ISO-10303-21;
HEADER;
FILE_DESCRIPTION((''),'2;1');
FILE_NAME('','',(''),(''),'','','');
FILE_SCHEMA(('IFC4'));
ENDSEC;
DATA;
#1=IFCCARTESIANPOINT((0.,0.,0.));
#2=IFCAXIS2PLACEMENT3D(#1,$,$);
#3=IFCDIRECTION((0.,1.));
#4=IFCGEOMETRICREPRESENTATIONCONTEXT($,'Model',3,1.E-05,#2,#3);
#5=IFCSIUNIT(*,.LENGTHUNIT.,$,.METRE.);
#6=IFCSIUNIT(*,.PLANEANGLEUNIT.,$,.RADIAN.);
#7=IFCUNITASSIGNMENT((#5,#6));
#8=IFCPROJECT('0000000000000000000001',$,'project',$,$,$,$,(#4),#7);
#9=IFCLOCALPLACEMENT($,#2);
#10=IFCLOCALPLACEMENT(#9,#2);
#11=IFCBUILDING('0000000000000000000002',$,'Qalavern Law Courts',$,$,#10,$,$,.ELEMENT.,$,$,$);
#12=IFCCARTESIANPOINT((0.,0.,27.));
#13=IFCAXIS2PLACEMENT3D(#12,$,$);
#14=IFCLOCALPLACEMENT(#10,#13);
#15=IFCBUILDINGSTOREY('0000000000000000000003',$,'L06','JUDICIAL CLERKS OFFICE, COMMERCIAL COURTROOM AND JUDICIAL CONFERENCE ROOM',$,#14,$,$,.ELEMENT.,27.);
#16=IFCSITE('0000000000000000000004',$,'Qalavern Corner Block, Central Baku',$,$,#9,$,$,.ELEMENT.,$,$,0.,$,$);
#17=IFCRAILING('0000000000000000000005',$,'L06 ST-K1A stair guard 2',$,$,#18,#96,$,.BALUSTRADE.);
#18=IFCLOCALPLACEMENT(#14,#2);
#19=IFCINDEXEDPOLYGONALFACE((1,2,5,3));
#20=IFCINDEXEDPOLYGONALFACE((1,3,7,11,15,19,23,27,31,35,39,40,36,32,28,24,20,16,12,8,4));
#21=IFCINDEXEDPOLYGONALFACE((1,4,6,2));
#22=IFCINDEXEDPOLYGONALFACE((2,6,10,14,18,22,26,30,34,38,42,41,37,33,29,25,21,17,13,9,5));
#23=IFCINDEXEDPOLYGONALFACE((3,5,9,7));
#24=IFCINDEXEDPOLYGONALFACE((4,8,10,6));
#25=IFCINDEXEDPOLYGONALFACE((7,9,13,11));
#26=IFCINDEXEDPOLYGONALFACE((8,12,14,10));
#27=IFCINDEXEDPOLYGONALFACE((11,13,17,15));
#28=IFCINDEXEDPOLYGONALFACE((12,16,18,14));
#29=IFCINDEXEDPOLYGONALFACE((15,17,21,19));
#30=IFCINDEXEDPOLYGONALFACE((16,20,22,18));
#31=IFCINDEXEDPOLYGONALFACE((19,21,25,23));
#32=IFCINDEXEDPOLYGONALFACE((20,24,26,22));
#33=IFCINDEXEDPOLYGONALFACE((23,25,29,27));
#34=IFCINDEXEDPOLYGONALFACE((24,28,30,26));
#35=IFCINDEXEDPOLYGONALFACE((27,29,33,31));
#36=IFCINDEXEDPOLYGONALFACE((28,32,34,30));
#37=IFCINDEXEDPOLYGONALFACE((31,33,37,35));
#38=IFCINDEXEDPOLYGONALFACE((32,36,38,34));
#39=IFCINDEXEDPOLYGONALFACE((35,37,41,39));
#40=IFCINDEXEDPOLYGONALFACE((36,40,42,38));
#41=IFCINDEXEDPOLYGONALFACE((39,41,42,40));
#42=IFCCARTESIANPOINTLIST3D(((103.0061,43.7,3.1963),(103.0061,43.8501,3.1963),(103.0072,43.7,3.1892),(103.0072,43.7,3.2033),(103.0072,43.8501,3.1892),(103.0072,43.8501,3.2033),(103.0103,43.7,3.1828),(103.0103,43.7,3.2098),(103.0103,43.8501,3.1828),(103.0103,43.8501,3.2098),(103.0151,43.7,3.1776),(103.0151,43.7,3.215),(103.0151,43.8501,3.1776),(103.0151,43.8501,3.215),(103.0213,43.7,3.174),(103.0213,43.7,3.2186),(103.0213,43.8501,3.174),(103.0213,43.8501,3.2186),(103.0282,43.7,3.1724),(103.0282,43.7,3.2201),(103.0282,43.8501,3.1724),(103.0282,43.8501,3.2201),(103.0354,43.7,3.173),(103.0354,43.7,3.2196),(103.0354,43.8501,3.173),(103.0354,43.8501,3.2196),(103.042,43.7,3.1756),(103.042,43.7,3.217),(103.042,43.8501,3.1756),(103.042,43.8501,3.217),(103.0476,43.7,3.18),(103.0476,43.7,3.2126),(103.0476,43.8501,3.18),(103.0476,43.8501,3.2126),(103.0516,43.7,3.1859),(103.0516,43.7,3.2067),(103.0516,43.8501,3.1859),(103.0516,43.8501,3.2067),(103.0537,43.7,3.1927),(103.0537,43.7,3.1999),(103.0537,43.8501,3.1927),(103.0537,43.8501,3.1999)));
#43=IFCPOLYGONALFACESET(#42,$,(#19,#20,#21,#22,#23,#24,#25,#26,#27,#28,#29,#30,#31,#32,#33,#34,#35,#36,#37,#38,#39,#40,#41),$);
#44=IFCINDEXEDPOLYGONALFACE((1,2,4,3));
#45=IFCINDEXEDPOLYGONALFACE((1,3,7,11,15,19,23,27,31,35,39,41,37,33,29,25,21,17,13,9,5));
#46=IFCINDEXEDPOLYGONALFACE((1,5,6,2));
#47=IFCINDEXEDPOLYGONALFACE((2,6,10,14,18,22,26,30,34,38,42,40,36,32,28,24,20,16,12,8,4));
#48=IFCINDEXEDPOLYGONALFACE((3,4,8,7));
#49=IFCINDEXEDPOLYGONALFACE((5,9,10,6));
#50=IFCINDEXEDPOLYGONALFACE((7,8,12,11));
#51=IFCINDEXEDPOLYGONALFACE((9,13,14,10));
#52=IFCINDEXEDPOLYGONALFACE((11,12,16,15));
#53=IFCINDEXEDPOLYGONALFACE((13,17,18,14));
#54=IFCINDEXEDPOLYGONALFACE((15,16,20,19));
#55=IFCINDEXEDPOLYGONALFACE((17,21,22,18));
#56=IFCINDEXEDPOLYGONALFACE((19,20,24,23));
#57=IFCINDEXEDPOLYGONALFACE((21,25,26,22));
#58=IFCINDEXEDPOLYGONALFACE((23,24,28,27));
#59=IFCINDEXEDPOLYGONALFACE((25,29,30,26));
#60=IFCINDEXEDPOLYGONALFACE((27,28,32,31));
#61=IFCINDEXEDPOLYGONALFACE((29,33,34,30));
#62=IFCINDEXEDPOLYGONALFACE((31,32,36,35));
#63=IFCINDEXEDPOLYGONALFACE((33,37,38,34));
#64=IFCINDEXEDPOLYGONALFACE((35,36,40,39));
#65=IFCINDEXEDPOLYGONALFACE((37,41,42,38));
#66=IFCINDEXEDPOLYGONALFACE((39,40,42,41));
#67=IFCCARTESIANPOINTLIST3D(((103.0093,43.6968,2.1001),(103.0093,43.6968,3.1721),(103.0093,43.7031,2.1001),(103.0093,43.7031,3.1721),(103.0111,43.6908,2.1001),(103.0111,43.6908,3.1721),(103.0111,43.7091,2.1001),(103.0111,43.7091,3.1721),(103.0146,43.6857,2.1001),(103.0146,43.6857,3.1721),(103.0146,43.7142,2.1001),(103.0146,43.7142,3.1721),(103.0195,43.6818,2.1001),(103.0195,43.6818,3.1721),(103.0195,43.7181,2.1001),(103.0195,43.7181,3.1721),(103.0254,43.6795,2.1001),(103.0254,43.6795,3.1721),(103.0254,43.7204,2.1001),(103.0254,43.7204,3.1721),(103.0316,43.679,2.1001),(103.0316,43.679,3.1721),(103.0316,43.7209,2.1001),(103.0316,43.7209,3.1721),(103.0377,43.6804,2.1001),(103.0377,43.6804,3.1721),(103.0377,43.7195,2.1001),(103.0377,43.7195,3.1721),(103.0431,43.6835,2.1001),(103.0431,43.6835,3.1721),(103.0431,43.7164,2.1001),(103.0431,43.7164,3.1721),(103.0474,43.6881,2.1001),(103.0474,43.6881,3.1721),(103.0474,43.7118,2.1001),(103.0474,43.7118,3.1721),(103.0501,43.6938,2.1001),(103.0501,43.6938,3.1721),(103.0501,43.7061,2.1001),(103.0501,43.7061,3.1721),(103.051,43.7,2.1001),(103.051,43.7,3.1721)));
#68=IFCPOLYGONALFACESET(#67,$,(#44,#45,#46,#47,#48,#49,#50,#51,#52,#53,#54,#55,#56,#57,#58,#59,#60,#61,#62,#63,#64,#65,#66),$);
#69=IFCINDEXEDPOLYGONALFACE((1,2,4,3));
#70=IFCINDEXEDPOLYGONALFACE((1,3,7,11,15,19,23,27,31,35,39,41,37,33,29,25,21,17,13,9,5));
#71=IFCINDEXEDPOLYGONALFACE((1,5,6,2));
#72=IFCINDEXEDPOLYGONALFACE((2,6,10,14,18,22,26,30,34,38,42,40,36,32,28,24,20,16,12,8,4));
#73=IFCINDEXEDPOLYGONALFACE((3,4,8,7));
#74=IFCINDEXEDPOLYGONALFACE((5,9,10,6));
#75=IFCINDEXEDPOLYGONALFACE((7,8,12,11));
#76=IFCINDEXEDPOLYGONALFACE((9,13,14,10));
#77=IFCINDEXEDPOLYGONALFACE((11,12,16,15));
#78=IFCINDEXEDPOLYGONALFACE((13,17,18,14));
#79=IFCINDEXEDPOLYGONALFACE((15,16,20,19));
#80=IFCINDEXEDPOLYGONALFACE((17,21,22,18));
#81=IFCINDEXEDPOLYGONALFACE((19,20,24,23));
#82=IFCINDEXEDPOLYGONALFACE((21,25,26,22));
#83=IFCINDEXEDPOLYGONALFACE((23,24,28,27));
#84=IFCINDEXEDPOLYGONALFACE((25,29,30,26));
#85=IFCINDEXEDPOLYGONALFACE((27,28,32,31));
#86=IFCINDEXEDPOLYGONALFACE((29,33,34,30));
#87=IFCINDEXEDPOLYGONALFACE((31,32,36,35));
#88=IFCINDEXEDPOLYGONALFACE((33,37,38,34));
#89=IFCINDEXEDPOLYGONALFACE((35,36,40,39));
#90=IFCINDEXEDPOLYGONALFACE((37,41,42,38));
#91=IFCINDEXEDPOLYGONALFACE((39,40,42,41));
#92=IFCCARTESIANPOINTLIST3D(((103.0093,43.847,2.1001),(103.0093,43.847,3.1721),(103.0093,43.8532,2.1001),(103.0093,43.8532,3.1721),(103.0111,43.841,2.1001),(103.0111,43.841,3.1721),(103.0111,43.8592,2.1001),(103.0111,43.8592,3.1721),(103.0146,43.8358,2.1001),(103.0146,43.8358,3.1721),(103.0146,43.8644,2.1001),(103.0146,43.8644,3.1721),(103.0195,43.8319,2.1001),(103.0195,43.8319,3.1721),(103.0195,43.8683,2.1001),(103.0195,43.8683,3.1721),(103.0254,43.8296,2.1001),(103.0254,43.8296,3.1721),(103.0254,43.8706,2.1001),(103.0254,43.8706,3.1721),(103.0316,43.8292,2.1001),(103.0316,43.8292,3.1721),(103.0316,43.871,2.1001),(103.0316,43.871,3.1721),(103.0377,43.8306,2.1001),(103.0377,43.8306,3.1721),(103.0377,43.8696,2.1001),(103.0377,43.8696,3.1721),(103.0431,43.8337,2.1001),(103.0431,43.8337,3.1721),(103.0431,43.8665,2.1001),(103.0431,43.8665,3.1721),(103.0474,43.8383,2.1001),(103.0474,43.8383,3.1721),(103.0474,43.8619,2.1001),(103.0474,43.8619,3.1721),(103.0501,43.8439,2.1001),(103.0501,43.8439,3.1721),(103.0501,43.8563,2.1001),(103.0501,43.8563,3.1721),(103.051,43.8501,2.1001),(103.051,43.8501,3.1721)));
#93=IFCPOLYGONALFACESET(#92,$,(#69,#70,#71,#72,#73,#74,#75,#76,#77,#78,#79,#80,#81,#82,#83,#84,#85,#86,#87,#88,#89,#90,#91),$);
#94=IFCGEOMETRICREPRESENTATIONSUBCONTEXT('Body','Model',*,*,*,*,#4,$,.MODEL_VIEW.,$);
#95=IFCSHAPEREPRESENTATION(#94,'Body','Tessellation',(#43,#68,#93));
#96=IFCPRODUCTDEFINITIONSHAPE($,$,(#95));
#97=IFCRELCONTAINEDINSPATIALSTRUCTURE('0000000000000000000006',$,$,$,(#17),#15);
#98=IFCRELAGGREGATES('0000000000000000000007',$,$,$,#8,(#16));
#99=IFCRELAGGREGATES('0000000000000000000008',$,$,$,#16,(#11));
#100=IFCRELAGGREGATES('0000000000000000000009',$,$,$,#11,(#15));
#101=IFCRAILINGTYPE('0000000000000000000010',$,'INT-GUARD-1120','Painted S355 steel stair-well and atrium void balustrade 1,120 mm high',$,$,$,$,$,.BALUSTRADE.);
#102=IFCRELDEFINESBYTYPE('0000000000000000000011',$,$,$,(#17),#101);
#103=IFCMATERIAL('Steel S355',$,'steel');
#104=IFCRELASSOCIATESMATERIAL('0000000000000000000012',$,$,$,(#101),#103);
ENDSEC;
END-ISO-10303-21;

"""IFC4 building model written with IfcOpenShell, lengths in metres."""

from ifc_helpers import new_model, si_unit, direction, frame, origin, origin_2d, place, context, subcontext, project, spatial, circle, extrude, material, type_object, element, save


model = new_model("IFC4")

# Units and contexts
model_context = context("Model", 3, precision=1e-05, world=origin(), true_north=direction((0.0, 1.0)))
body_context = subcontext(model_context, "Body", "Model", "MODEL_VIEW")
ifc_project = project(units=[si_unit("LENGTHUNIT", "METRE"), si_unit("PLANEANGLEUNIT", "RADIAN")], contexts=[model_context])

# Site, building, storey
site_placement = place(None, origin())
site = spatial("IfcSite", under=ifc_project, at=site_placement, Name="Qalavern Corner Block, Central Baku", CompositionType="ELEMENT", RefElevation=0.0)
building_placement = place(site_placement, origin())
building = spatial("IfcBuilding", under=site, at=building_placement, Name="Qalavern Law Courts", CompositionType="ELEMENT")
storey_placement = place(building_placement, frame((0.0, 0.0, 27.0)))
storey = spatial("IfcBuildingStorey", under=building, at=storey_placement, Name="L06", Description="JUDICIAL CLERKS OFFICE, COMMERCIAL COURTROOM AND JUDICIAL CONFERENCE ROOM", CompositionType="ELEMENT", Elevation=27.0)

# Shared definitions
ifc_material_1 = material(Name="Steel S355", Category="steel")

# Railing
railing_type_1 = type_object("IfcRailingType", Name="INT-GUARD-1120", Description="Painted S355 steel stair-well and atrium void balustrade 1,120 mm high", PredefinedType="BALUSTRADE", material=ifc_material_1)
railing_1_placement = place(storey_placement, frame((103.03, 43.7, 2.1001)))
element("IfcRailing", 1, at=railing_1_placement, inside=storey, type_object=railing_type_1, Name="L06 ST-K1A stair guard 2", PredefinedType="BALUSTRADE", context=body_context, shape_type="SweptSolid", body=[
    extrude(circle(Radius=0.0239, at=origin_2d()), frame((0.0, 0.0, 1.0962), z_axis=(0.0, 1.0, 0.0), x_axis=(-1.0, 0.0, 0.0)), (0.0, 0.0, 1.0), 0.1501),
    extrude(circle(Radius=0.021, at=origin_2d()), origin(), (0.0, 0.0, 1.0), 1.072),
    extrude(circle(Radius=0.021, at=origin_2d()), frame((0.0, 0.1501, 0.0)), (0.0, 0.0, 1.0), 1.072),
])

save(model, "model.ifc")
